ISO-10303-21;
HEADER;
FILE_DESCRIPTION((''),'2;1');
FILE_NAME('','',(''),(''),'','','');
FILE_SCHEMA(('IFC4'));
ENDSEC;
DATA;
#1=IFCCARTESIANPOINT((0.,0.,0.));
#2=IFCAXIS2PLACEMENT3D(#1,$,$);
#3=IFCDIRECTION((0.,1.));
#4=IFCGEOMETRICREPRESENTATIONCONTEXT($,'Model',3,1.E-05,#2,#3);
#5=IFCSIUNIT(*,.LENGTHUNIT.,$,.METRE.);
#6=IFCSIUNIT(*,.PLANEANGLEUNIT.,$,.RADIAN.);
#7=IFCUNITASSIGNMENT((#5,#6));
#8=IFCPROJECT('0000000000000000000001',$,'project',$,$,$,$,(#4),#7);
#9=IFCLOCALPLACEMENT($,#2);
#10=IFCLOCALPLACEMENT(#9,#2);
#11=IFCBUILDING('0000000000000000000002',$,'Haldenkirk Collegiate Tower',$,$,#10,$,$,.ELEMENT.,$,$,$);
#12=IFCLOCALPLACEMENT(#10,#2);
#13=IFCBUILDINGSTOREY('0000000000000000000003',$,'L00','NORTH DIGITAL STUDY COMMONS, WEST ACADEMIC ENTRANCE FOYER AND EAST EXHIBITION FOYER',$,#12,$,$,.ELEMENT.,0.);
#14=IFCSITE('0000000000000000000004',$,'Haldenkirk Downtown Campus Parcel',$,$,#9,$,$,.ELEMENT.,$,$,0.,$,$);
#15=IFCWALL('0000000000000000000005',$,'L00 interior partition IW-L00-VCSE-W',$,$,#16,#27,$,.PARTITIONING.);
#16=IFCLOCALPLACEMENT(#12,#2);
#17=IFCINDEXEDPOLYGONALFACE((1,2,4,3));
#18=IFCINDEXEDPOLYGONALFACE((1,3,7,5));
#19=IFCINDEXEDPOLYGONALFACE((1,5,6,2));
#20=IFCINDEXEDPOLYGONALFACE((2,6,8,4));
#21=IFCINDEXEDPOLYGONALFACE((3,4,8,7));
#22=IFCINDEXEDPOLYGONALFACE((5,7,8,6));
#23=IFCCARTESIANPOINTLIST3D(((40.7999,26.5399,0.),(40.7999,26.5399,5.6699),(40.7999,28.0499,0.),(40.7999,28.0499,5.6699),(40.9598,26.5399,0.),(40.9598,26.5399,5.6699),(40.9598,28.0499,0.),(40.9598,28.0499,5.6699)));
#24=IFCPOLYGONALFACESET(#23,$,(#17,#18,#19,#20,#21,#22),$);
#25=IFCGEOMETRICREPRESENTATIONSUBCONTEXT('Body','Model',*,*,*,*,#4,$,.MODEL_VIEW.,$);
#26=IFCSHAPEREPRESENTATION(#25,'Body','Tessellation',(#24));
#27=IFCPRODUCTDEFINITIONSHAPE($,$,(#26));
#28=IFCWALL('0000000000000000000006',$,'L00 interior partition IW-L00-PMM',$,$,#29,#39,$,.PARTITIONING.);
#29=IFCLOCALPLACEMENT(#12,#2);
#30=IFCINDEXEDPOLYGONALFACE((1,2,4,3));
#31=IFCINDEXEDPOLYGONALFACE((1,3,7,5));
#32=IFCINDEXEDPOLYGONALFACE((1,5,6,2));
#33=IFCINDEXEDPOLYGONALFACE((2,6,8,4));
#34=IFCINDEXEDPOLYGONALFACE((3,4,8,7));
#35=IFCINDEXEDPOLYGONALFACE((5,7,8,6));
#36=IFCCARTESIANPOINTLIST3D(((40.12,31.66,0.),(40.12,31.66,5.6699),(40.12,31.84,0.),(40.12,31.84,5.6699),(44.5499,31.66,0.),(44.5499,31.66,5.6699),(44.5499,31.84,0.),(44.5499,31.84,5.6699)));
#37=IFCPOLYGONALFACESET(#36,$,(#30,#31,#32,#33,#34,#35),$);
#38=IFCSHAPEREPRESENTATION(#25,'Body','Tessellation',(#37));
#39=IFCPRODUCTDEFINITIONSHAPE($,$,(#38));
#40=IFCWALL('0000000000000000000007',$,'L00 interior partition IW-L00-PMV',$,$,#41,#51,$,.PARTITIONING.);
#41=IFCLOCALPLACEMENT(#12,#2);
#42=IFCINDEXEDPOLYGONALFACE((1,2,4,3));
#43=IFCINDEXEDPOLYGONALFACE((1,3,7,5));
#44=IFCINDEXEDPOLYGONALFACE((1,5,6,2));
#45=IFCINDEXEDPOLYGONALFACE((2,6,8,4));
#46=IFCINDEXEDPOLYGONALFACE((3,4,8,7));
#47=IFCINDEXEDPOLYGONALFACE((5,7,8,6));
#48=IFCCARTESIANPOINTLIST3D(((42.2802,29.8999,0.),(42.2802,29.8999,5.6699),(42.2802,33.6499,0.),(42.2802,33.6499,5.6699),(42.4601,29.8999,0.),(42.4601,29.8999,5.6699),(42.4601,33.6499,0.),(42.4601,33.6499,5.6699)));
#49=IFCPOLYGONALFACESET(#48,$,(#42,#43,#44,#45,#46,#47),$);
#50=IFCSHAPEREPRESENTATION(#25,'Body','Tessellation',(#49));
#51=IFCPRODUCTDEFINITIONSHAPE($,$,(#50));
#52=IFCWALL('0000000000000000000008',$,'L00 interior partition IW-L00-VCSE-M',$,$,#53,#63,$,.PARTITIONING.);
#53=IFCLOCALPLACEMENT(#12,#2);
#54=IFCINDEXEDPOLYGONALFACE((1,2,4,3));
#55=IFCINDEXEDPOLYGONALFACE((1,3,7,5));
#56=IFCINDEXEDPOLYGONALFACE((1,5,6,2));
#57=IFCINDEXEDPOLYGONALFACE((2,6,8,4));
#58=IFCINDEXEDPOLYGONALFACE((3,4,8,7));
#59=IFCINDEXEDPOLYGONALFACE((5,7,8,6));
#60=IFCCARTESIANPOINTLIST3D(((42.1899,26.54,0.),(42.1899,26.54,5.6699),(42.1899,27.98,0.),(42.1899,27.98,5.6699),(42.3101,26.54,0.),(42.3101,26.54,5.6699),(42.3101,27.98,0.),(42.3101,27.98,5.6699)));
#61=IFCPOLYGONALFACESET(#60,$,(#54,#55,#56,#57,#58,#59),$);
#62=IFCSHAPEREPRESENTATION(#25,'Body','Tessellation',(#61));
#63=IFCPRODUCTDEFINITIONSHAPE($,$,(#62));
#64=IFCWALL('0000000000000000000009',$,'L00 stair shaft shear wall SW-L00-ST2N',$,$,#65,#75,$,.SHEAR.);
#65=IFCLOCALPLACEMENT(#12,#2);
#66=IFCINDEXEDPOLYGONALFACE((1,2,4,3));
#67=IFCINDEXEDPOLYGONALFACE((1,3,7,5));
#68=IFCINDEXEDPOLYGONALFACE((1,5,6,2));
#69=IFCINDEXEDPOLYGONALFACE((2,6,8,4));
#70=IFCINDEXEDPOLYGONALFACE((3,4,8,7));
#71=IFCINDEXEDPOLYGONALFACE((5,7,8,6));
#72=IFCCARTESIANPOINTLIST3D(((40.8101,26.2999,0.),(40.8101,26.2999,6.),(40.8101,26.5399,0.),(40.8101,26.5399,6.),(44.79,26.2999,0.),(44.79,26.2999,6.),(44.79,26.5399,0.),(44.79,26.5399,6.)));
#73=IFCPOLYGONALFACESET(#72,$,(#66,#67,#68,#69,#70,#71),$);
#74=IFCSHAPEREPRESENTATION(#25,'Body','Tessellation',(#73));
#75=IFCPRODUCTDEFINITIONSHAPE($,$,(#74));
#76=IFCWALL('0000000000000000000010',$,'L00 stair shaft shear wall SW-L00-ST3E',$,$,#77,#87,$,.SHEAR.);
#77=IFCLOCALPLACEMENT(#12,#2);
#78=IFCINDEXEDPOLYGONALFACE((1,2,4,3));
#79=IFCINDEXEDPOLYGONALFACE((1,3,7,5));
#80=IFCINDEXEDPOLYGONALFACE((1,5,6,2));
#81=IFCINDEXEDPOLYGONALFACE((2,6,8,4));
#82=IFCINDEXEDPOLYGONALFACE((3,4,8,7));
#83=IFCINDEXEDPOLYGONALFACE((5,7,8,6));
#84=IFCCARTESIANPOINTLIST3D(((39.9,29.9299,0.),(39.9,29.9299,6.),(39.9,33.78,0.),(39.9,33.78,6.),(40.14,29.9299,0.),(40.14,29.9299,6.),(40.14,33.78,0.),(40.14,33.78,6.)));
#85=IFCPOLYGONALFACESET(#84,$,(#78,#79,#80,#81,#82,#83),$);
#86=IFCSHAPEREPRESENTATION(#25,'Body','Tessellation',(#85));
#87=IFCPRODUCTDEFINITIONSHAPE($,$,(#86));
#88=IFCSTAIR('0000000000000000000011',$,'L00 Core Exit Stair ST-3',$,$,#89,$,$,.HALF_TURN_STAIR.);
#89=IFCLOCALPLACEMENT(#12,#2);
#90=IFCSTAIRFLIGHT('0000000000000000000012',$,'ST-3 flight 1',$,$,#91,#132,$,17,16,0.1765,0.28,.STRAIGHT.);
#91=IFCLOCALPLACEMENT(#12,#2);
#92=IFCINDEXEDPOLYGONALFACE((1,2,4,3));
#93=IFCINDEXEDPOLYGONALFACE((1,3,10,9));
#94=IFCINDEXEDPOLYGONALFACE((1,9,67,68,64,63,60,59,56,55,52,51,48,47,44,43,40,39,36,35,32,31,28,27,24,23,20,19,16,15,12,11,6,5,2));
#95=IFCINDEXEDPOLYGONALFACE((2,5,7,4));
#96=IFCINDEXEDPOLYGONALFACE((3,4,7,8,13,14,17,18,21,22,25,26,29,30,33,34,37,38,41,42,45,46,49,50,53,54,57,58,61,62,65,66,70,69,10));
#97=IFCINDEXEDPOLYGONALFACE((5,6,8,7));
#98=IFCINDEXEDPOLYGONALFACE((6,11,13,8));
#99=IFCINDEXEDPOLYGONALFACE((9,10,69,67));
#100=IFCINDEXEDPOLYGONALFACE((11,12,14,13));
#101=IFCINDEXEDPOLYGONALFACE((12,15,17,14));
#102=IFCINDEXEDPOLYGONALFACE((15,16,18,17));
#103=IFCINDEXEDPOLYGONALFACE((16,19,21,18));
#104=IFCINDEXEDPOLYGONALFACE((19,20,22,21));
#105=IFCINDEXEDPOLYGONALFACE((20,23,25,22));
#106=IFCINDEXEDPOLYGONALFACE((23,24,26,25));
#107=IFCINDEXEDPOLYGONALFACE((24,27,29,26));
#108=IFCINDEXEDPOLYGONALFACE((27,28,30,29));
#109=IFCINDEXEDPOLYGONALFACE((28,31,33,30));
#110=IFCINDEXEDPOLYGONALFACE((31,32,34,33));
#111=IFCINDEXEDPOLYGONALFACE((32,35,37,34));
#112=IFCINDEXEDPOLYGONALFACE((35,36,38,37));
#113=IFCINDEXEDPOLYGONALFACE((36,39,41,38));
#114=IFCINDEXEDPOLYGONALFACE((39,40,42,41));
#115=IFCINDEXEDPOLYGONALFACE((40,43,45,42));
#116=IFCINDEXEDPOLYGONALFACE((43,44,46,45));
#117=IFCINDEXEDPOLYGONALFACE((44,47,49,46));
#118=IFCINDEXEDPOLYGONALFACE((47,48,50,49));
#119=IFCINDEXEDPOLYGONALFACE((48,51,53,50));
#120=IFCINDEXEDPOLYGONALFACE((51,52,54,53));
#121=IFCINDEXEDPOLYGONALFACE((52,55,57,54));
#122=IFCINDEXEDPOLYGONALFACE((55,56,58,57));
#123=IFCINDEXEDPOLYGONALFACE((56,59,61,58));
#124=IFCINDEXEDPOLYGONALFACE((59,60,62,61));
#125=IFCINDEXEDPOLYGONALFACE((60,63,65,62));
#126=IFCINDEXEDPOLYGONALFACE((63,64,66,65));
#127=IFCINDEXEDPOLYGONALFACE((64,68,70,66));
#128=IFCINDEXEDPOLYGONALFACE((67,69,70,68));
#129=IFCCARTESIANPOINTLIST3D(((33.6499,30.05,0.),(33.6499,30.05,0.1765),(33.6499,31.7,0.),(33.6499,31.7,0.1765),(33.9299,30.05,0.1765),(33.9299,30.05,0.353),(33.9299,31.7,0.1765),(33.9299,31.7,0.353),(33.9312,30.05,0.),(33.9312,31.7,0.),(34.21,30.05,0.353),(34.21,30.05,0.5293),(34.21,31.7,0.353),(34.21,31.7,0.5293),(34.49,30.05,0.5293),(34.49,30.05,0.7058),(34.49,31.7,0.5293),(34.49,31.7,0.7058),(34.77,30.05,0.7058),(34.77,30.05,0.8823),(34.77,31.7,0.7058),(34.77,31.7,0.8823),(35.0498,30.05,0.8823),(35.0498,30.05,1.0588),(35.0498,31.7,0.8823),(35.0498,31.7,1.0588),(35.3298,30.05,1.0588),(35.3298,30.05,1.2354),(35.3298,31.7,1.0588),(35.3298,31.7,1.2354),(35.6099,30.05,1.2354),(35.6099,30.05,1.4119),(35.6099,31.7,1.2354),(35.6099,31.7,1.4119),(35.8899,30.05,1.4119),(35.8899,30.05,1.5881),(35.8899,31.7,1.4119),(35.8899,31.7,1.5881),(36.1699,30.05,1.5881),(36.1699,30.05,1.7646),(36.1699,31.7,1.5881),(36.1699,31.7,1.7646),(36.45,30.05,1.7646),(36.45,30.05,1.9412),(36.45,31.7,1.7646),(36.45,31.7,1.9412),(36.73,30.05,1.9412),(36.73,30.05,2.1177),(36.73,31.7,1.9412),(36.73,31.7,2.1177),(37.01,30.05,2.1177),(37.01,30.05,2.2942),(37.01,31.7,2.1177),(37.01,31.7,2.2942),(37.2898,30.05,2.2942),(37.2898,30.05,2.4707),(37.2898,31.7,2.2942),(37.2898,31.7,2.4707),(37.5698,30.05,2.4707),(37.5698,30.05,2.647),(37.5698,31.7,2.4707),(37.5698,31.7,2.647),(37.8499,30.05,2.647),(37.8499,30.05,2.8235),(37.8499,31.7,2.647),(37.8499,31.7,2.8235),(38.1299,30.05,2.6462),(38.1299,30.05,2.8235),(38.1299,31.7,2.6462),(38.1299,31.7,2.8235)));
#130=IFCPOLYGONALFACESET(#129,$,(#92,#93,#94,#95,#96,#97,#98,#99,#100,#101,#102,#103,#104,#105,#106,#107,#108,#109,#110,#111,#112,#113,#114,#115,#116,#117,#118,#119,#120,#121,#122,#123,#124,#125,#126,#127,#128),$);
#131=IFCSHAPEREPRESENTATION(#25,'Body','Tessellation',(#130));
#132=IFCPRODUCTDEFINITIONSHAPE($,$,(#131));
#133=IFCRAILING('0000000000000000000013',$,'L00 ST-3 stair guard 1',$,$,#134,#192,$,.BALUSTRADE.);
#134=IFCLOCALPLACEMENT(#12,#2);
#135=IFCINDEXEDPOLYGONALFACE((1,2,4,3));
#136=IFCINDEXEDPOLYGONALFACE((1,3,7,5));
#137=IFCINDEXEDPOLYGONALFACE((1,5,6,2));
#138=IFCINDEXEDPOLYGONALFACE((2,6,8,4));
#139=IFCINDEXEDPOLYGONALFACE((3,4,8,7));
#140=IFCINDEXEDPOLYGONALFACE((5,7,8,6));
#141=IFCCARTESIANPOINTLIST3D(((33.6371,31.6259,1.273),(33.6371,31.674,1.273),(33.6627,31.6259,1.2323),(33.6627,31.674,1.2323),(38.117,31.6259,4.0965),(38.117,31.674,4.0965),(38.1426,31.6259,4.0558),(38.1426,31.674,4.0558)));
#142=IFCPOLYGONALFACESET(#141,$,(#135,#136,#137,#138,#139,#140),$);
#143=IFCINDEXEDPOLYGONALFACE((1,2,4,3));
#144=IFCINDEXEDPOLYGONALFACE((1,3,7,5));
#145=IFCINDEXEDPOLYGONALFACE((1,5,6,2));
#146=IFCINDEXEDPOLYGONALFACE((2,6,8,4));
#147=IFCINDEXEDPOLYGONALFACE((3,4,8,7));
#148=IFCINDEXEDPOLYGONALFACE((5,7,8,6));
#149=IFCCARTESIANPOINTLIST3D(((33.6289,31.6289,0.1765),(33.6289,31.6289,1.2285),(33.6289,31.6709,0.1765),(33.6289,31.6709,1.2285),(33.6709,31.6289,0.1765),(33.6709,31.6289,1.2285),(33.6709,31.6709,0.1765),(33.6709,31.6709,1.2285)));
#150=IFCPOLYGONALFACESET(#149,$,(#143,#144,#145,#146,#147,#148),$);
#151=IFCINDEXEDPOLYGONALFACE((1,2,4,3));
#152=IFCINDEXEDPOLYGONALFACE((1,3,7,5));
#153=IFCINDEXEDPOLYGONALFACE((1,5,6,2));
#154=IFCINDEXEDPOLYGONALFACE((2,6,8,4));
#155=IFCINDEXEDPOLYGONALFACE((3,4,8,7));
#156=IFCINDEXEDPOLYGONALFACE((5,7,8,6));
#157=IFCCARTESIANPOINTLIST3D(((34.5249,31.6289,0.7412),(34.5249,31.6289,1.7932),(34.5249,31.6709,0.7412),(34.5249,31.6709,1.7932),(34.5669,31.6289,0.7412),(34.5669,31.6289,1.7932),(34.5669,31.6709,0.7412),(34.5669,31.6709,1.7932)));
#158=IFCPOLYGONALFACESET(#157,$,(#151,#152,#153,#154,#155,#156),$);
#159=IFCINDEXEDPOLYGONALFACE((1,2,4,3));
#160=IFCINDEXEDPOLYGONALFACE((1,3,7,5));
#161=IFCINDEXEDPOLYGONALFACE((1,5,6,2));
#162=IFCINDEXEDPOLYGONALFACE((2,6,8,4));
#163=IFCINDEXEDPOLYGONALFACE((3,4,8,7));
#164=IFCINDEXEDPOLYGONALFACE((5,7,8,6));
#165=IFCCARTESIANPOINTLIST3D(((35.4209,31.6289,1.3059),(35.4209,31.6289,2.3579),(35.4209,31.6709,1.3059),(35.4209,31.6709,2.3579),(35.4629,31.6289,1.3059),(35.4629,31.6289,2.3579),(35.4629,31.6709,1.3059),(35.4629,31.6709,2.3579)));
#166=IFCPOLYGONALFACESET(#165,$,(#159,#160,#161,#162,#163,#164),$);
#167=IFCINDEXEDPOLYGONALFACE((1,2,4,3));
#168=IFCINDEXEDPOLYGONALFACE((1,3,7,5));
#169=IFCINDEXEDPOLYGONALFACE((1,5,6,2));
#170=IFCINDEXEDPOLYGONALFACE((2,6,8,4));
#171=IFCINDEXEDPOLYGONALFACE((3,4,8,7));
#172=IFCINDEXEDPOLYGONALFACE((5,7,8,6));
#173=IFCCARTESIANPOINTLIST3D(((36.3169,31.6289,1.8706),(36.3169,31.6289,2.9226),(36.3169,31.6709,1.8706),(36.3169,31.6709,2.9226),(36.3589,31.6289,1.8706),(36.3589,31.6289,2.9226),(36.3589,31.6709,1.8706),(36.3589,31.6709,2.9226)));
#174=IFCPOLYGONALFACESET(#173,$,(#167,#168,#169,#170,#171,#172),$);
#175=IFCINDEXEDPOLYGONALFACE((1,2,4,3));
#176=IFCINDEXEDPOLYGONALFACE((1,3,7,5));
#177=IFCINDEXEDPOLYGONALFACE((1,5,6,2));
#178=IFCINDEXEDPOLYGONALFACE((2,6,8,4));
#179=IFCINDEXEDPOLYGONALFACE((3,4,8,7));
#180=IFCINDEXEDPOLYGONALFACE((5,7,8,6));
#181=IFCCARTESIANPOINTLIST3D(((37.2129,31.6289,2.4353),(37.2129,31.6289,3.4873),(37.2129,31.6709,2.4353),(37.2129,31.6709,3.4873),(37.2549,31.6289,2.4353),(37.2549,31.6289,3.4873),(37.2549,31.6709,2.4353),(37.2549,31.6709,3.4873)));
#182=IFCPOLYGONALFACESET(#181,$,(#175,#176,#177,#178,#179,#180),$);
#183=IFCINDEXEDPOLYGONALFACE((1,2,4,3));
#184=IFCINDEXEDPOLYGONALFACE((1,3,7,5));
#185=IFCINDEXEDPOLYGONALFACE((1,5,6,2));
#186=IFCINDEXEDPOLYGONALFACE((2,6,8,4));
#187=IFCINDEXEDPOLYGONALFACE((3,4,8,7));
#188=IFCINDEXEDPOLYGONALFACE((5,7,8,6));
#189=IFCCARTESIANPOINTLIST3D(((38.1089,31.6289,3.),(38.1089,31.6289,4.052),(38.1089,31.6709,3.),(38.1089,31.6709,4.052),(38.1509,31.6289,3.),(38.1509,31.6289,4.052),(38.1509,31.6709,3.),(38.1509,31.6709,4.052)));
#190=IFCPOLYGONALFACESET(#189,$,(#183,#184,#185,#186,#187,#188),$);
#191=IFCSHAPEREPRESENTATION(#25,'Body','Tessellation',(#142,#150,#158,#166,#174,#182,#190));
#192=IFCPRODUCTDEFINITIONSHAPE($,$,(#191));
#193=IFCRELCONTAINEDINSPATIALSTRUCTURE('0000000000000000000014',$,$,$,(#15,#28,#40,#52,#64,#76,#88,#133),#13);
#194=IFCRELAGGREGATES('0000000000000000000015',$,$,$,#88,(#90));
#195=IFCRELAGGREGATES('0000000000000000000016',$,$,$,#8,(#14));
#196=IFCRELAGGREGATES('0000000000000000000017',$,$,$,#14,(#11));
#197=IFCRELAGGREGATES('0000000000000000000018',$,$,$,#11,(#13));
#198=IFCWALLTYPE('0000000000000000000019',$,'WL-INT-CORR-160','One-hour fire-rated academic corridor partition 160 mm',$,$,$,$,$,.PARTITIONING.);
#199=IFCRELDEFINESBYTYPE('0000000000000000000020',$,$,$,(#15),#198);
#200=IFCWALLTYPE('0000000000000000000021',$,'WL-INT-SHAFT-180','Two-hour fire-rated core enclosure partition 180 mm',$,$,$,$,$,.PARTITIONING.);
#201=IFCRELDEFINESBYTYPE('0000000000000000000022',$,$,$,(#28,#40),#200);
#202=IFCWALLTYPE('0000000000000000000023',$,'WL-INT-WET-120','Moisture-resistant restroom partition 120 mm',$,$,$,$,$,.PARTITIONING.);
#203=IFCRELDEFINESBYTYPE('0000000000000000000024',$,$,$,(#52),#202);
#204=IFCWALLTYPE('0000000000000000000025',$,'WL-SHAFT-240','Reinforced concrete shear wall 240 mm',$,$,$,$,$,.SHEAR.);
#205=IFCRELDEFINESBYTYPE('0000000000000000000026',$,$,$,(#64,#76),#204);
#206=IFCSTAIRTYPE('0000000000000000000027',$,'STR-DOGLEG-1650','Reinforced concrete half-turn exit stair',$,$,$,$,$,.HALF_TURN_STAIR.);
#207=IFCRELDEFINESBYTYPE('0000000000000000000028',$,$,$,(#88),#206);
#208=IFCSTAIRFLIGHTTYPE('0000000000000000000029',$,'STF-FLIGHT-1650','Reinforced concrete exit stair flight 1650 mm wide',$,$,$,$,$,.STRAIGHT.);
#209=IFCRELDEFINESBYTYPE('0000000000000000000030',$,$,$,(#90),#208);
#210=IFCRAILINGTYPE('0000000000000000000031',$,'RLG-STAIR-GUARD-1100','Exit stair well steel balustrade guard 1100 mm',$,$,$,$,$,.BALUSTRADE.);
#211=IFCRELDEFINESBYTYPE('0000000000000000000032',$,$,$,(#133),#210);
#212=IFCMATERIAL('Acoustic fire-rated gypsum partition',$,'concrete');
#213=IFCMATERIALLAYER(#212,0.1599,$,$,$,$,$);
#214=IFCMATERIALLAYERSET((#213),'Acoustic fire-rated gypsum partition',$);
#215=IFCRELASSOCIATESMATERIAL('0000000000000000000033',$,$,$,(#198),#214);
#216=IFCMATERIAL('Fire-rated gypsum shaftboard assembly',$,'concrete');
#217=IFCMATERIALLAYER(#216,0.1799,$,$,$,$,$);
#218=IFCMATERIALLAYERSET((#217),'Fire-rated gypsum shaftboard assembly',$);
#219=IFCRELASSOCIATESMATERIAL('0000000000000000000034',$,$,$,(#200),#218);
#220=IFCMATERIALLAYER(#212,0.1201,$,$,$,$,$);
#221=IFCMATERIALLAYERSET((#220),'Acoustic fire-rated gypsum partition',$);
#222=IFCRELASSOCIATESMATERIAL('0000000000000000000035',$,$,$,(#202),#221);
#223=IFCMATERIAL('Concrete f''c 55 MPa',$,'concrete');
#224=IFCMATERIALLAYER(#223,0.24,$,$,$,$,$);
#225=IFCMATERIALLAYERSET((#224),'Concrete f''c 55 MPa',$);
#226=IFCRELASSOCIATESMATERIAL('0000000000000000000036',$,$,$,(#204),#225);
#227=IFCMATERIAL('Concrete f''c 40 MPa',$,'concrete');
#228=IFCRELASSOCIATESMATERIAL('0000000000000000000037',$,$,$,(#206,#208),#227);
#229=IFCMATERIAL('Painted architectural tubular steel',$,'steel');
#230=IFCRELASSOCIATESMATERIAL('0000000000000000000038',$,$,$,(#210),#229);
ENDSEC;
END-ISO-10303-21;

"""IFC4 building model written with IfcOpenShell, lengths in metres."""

from ifc_helpers import new_model, si_unit, direction, frame, frame_2d, origin, origin_2d, place, context, subcontext, project, spatial, polyline, rectangle, outline, extrude, material, layer, layer_set, type_object, element, aggregate, save


model = new_model("IFC4")

# Units and contexts
model_context = context("Model", 3, precision=1e-05, world=origin(), true_north=direction((0.0, 1.0)))
body_context = subcontext(model_context, "Body", "Model", "MODEL_VIEW")
ifc_project = project(units=[si_unit("LENGTHUNIT", "METRE"), si_unit("PLANEANGLEUNIT", "RADIAN")], contexts=[model_context])

# Site, building, storey
site_placement = place(None, origin())
site = spatial("IfcSite", under=ifc_project, at=site_placement, Name="Haldenkirk Downtown Campus Parcel", CompositionType="ELEMENT", RefElevation=0.0)
building_placement = place(site_placement, origin())
building = spatial("IfcBuilding", under=site, at=building_placement, Name="Haldenkirk Collegiate Tower", CompositionType="ELEMENT")
storey_placement = place(building_placement, origin())
storey = spatial("IfcBuildingStorey", under=building, at=storey_placement, Name="L00", Description="NORTH DIGITAL STUDY COMMONS, WEST ACADEMIC ENTRANCE FOYER AND EAST EXHIBITION FOYER", CompositionType="ELEMENT", Elevation=0.0)

# Shared definitions
ifc_material_1 = material(Name="Acoustic fire-rated gypsum partition", Category="concrete")
ifc_layer_1 = layer(ifc_material_1, 0.1599)
ifc_layer_set_1 = layer_set([ifc_layer_1], Name="Acoustic fire-rated gypsum partition")
wall_type_1 = type_object("IfcWallType", Name="WL-INT-CORR-160", Description="One-hour fire-rated academic corridor partition 160 mm", PredefinedType="PARTITIONING", material=ifc_layer_set_1)

# Wall
wall_1_placement = place(storey_placement, frame((40.8799, 26.54, 0.0), z_axis=(0.0, 0.0, 1.0), x_axis=(0.0, 1.0, 0.0)))
element("IfcWall", 1, at=wall_1_placement, inside=storey, type_object=wall_type_1, Name="L00 interior partition IW-L00-VCSE-W", PredefinedType="PARTITIONING", context=body_context, shape_type="SweptSolid", body=[
    extrude(rectangle(XDim=1.51, YDim=0.1599, at=frame_2d((0.7549, 0.0))), origin(), (0.0, 0.0, 1.0), 5.6699),
])

# Shared definitions
ifc_material_2 = material(Name="Fire-rated gypsum shaftboard assembly", Category="concrete")
ifc_layer_2 = layer(ifc_material_2, 0.1799)
ifc_layer_set_2 = layer_set([ifc_layer_2], Name="Fire-rated gypsum shaftboard assembly")
wall_type_2 = type_object("IfcWallType", Name="WL-INT-SHAFT-180", Description="Two-hour fire-rated core enclosure partition 180 mm", PredefinedType="PARTITIONING", material=ifc_layer_set_2)

# Walls
wall_2_placement = place(storey_placement, frame((40.1201, 31.75, 0.0), z_axis=(0.0, 0.0, 1.0), x_axis=(1.0, 0.0, 0.0)))
element("IfcWall", 2, at=wall_2_placement, inside=storey, type_object=wall_type_2, Name="L00 interior partition IW-L00-PMM", PredefinedType="PARTITIONING", context=body_context, shape_type="SweptSolid", body=[
    extrude(rectangle(XDim=4.4299, YDim=0.1799, at=frame_2d((2.2148, 0.0))), origin(), (0.0, 0.0, 1.0), 5.6699),
])
wall_3_placement = place(storey_placement, frame((42.3701, 29.8999, 0.0), z_axis=(0.0, 0.0, 1.0), x_axis=(0.0, 1.0, 0.0)))
element("IfcWall", 3, at=wall_3_placement, inside=storey, type_object=wall_type_2, Name="L00 interior partition IW-L00-PMV", PredefinedType="PARTITIONING", context=body_context, shape_type="SweptSolid", body=[
    extrude(rectangle(XDim=3.75, YDim=0.1799, at=frame_2d((1.875, 0.0))), origin(), (0.0, 0.0, 1.0), 5.6699),
])
ifc_layer_3 = layer(ifc_material_1, 0.1201)
ifc_layer_set_3 = layer_set([ifc_layer_3], Name="Acoustic fire-rated gypsum partition")
wall_type_3 = type_object("IfcWallType", Name="WL-INT-WET-120", Description="Moisture-resistant restroom partition 120 mm", PredefinedType="PARTITIONING", material=ifc_layer_set_3)
wall_4_placement = place(storey_placement, frame((42.25, 26.54, 0.0), z_axis=(0.0, 0.0, 1.0), x_axis=(0.0, 1.0, 0.0)))
element("IfcWall", 4, at=wall_4_placement, inside=storey, type_object=wall_type_3, Name="L00 interior partition IW-L00-VCSE-M", PredefinedType="PARTITIONING", context=body_context, shape_type="SweptSolid", body=[
    extrude(rectangle(XDim=1.4399, YDim=0.1201, at=frame_2d((0.72, 0.0))), origin(), (0.0, 0.0, 1.0), 5.6699),
])
ifc_material_3 = material(Name="Concrete f'c 55 MPa", Category="concrete")
ifc_layer_4 = layer(ifc_material_3, 0.24)
ifc_layer_set_4 = layer_set([ifc_layer_4], Name="Concrete f'c 55 MPa")
wall_type_4 = type_object("IfcWallType", Name="WL-SHAFT-240", Description="Reinforced concrete shear wall 240 mm", PredefinedType="SHEAR", material=ifc_layer_set_4)
wall_5_placement = place(storey_placement, frame((40.8101, 26.4199, 0.0), z_axis=(0.0, 0.0, 1.0), x_axis=(1.0, 0.0, 0.0)))
element("IfcWall", 5, at=wall_5_placement, inside=storey, type_object=wall_type_4, Name="L00 stair shaft shear wall SW-L00-ST2N", PredefinedType="SHEAR", context=body_context, shape_type="SweptSolid", body=[
    extrude(rectangle(XDim=3.98, YDim=0.24, at=frame_2d((1.99, 0.0))), origin(), (0.0, 0.0, 1.0), 6.0),
])
wall_6_placement = place(storey_placement, frame((40.02, 29.9299, 0.0), z_axis=(0.0, 0.0, 1.0), x_axis=(0.0, 1.0, 0.0)))
element("IfcWall", 6, at=wall_6_placement, inside=storey, type_object=wall_type_4, Name="L00 stair shaft shear wall SW-L00-ST3E", PredefinedType="SHEAR", context=body_context, shape_type="SweptSolid", body=[
    extrude(rectangle(XDim=3.8501, YDim=0.24, at=frame_2d((1.925, 0.0))), origin(), (0.0, 0.0, 1.0), 6.0),
])

# Stair, stair flight
ifc_material_4 = material(Name="Concrete f'c 40 MPa", Category="concrete")
stair_type = type_object("IfcStairType", Name="STR-DOGLEG-1650", Description="Reinforced concrete half-turn exit stair", PredefinedType="HALF_TURN_STAIR", material=ifc_material_4)
stair_placement = place(storey_placement, origin())
stair = element("IfcStair", 7, at=stair_placement, inside=storey, type_object=stair_type, Name="L00 Core Exit Stair ST-3", PredefinedType="HALF_TURN_STAIR")
stair_flight_type = type_object("IfcStairFlightType", Name="STF-FLIGHT-1650", Description="Reinforced concrete exit stair flight 1650 mm wide", PredefinedType="STRAIGHT", material=ifc_material_4)
stair_flight_placement = place(storey_placement, frame((33.6499, 30.875, 0.0), z_axis=(0.0, 0.0, 1.0), x_axis=(1.0, 0.0, 0.0)))
stair_flight = element("IfcStairFlight", 8, at=stair_flight_placement, type_object=stair_flight_type, Name="ST-3 flight 1", NumberOfRisers=17, NumberOfTreads=16, PredefinedType="STRAIGHT", RiserHeight=0.1765, TreadLength=0.28, context=body_context, shape_type="SweptSolid", body=[
    extrude(outline(polyline([(0.0, 0.0), (0.0, 0.1765), (0.28, 0.1765), (0.28, 0.353), (0.5601, 0.353), (0.5601, 0.5293), (0.8401, 0.5293), (0.8401, 0.7058), (1.1201, 0.7058), (1.1201, 0.8823), (1.3999, 0.8823), (1.3999, 1.0588), (1.6799, 1.0588), (1.6799, 1.2354), (1.96, 1.2354), (1.96, 1.4119), (2.24, 1.4119), (2.24, 1.5881), (2.52, 1.5881), (2.52, 1.7646), (2.8, 1.7646), (2.8, 1.9412), (3.0801, 1.9412), (3.0801, 2.1177), (3.3601, 2.1177), (3.3601, 2.2942), (3.6399, 2.2942), (3.6399, 2.4707), (3.9199, 2.4707), (3.9199, 2.647), (4.2, 2.647), (4.2, 2.8235), (4.48, 2.8235), (4.48, 3.0), (4.48, 2.6462), (0.2812, 0.0), (0.0, 0.0)])), frame((0.0, 0.825, 0.0), z_axis=(0.0, -1.0, 0.0), x_axis=(1.0, 0.0, 0.0)), (0.0, 0.0, 1.0), 1.6499),
])
aggregate(stair, [stair_flight])

# Railing
ifc_material_5 = material(Name="Painted architectural tubular steel", Category="steel")
railing_type_1 = type_object("IfcRailingType", Name="RLG-STAIR-GUARD-1100", Description="Exit stair well steel balustrade guard 1100 mm", PredefinedType="BALUSTRADE", material=ifc_material_5)
railing_1_placement = place(storey_placement, frame((33.6499, 31.6499, 0.1765)))
element("IfcRailing", 9, at=railing_1_placement, inside=storey, type_object=railing_type_1, Name="L00 ST-3 stair guard 1", PredefinedType="BALUSTRADE", context=body_context, shape_type="SweptSolid", body=[
    extrude(rectangle(XDim=0.0481, YDim=0.0481, at=origin_2d()), frame((0.0, 0.0, 1.0762), z_axis=(0.845998, 0.0, 0.533186), x_axis=(0.0, 1.0, 0.0)), (0.0, 0.0, 1.0), 5.2954),
    extrude(rectangle(XDim=0.042, YDim=0.042, at=origin_2d()), origin(), (0.0, 0.0, 1.0), 1.052),
    extrude(rectangle(XDim=0.042, YDim=0.042, at=origin_2d()), frame((0.896, 0.0, 0.5647)), (0.0, 0.0, 1.0), 1.052),
    extrude(rectangle(XDim=0.042, YDim=0.042, at=origin_2d()), frame((1.792, 0.0, 1.1294)), (0.0, 0.0, 1.0), 1.052),
    extrude(rectangle(XDim=0.042, YDim=0.042, at=origin_2d()), frame((2.688, 0.0, 1.6941)), (0.0, 0.0, 1.0), 1.052),
    extrude(rectangle(XDim=0.042, YDim=0.042, at=origin_2d()), frame((3.584, 0.0, 2.2588)), (0.0, 0.0, 1.0), 1.052),
    extrude(rectangle(XDim=0.042, YDim=0.042, at=origin_2d()), frame((4.48, 0.0, 2.8235)), (0.0, 0.0, 1.0), 1.052),
])

save(model, "model.ifc")
